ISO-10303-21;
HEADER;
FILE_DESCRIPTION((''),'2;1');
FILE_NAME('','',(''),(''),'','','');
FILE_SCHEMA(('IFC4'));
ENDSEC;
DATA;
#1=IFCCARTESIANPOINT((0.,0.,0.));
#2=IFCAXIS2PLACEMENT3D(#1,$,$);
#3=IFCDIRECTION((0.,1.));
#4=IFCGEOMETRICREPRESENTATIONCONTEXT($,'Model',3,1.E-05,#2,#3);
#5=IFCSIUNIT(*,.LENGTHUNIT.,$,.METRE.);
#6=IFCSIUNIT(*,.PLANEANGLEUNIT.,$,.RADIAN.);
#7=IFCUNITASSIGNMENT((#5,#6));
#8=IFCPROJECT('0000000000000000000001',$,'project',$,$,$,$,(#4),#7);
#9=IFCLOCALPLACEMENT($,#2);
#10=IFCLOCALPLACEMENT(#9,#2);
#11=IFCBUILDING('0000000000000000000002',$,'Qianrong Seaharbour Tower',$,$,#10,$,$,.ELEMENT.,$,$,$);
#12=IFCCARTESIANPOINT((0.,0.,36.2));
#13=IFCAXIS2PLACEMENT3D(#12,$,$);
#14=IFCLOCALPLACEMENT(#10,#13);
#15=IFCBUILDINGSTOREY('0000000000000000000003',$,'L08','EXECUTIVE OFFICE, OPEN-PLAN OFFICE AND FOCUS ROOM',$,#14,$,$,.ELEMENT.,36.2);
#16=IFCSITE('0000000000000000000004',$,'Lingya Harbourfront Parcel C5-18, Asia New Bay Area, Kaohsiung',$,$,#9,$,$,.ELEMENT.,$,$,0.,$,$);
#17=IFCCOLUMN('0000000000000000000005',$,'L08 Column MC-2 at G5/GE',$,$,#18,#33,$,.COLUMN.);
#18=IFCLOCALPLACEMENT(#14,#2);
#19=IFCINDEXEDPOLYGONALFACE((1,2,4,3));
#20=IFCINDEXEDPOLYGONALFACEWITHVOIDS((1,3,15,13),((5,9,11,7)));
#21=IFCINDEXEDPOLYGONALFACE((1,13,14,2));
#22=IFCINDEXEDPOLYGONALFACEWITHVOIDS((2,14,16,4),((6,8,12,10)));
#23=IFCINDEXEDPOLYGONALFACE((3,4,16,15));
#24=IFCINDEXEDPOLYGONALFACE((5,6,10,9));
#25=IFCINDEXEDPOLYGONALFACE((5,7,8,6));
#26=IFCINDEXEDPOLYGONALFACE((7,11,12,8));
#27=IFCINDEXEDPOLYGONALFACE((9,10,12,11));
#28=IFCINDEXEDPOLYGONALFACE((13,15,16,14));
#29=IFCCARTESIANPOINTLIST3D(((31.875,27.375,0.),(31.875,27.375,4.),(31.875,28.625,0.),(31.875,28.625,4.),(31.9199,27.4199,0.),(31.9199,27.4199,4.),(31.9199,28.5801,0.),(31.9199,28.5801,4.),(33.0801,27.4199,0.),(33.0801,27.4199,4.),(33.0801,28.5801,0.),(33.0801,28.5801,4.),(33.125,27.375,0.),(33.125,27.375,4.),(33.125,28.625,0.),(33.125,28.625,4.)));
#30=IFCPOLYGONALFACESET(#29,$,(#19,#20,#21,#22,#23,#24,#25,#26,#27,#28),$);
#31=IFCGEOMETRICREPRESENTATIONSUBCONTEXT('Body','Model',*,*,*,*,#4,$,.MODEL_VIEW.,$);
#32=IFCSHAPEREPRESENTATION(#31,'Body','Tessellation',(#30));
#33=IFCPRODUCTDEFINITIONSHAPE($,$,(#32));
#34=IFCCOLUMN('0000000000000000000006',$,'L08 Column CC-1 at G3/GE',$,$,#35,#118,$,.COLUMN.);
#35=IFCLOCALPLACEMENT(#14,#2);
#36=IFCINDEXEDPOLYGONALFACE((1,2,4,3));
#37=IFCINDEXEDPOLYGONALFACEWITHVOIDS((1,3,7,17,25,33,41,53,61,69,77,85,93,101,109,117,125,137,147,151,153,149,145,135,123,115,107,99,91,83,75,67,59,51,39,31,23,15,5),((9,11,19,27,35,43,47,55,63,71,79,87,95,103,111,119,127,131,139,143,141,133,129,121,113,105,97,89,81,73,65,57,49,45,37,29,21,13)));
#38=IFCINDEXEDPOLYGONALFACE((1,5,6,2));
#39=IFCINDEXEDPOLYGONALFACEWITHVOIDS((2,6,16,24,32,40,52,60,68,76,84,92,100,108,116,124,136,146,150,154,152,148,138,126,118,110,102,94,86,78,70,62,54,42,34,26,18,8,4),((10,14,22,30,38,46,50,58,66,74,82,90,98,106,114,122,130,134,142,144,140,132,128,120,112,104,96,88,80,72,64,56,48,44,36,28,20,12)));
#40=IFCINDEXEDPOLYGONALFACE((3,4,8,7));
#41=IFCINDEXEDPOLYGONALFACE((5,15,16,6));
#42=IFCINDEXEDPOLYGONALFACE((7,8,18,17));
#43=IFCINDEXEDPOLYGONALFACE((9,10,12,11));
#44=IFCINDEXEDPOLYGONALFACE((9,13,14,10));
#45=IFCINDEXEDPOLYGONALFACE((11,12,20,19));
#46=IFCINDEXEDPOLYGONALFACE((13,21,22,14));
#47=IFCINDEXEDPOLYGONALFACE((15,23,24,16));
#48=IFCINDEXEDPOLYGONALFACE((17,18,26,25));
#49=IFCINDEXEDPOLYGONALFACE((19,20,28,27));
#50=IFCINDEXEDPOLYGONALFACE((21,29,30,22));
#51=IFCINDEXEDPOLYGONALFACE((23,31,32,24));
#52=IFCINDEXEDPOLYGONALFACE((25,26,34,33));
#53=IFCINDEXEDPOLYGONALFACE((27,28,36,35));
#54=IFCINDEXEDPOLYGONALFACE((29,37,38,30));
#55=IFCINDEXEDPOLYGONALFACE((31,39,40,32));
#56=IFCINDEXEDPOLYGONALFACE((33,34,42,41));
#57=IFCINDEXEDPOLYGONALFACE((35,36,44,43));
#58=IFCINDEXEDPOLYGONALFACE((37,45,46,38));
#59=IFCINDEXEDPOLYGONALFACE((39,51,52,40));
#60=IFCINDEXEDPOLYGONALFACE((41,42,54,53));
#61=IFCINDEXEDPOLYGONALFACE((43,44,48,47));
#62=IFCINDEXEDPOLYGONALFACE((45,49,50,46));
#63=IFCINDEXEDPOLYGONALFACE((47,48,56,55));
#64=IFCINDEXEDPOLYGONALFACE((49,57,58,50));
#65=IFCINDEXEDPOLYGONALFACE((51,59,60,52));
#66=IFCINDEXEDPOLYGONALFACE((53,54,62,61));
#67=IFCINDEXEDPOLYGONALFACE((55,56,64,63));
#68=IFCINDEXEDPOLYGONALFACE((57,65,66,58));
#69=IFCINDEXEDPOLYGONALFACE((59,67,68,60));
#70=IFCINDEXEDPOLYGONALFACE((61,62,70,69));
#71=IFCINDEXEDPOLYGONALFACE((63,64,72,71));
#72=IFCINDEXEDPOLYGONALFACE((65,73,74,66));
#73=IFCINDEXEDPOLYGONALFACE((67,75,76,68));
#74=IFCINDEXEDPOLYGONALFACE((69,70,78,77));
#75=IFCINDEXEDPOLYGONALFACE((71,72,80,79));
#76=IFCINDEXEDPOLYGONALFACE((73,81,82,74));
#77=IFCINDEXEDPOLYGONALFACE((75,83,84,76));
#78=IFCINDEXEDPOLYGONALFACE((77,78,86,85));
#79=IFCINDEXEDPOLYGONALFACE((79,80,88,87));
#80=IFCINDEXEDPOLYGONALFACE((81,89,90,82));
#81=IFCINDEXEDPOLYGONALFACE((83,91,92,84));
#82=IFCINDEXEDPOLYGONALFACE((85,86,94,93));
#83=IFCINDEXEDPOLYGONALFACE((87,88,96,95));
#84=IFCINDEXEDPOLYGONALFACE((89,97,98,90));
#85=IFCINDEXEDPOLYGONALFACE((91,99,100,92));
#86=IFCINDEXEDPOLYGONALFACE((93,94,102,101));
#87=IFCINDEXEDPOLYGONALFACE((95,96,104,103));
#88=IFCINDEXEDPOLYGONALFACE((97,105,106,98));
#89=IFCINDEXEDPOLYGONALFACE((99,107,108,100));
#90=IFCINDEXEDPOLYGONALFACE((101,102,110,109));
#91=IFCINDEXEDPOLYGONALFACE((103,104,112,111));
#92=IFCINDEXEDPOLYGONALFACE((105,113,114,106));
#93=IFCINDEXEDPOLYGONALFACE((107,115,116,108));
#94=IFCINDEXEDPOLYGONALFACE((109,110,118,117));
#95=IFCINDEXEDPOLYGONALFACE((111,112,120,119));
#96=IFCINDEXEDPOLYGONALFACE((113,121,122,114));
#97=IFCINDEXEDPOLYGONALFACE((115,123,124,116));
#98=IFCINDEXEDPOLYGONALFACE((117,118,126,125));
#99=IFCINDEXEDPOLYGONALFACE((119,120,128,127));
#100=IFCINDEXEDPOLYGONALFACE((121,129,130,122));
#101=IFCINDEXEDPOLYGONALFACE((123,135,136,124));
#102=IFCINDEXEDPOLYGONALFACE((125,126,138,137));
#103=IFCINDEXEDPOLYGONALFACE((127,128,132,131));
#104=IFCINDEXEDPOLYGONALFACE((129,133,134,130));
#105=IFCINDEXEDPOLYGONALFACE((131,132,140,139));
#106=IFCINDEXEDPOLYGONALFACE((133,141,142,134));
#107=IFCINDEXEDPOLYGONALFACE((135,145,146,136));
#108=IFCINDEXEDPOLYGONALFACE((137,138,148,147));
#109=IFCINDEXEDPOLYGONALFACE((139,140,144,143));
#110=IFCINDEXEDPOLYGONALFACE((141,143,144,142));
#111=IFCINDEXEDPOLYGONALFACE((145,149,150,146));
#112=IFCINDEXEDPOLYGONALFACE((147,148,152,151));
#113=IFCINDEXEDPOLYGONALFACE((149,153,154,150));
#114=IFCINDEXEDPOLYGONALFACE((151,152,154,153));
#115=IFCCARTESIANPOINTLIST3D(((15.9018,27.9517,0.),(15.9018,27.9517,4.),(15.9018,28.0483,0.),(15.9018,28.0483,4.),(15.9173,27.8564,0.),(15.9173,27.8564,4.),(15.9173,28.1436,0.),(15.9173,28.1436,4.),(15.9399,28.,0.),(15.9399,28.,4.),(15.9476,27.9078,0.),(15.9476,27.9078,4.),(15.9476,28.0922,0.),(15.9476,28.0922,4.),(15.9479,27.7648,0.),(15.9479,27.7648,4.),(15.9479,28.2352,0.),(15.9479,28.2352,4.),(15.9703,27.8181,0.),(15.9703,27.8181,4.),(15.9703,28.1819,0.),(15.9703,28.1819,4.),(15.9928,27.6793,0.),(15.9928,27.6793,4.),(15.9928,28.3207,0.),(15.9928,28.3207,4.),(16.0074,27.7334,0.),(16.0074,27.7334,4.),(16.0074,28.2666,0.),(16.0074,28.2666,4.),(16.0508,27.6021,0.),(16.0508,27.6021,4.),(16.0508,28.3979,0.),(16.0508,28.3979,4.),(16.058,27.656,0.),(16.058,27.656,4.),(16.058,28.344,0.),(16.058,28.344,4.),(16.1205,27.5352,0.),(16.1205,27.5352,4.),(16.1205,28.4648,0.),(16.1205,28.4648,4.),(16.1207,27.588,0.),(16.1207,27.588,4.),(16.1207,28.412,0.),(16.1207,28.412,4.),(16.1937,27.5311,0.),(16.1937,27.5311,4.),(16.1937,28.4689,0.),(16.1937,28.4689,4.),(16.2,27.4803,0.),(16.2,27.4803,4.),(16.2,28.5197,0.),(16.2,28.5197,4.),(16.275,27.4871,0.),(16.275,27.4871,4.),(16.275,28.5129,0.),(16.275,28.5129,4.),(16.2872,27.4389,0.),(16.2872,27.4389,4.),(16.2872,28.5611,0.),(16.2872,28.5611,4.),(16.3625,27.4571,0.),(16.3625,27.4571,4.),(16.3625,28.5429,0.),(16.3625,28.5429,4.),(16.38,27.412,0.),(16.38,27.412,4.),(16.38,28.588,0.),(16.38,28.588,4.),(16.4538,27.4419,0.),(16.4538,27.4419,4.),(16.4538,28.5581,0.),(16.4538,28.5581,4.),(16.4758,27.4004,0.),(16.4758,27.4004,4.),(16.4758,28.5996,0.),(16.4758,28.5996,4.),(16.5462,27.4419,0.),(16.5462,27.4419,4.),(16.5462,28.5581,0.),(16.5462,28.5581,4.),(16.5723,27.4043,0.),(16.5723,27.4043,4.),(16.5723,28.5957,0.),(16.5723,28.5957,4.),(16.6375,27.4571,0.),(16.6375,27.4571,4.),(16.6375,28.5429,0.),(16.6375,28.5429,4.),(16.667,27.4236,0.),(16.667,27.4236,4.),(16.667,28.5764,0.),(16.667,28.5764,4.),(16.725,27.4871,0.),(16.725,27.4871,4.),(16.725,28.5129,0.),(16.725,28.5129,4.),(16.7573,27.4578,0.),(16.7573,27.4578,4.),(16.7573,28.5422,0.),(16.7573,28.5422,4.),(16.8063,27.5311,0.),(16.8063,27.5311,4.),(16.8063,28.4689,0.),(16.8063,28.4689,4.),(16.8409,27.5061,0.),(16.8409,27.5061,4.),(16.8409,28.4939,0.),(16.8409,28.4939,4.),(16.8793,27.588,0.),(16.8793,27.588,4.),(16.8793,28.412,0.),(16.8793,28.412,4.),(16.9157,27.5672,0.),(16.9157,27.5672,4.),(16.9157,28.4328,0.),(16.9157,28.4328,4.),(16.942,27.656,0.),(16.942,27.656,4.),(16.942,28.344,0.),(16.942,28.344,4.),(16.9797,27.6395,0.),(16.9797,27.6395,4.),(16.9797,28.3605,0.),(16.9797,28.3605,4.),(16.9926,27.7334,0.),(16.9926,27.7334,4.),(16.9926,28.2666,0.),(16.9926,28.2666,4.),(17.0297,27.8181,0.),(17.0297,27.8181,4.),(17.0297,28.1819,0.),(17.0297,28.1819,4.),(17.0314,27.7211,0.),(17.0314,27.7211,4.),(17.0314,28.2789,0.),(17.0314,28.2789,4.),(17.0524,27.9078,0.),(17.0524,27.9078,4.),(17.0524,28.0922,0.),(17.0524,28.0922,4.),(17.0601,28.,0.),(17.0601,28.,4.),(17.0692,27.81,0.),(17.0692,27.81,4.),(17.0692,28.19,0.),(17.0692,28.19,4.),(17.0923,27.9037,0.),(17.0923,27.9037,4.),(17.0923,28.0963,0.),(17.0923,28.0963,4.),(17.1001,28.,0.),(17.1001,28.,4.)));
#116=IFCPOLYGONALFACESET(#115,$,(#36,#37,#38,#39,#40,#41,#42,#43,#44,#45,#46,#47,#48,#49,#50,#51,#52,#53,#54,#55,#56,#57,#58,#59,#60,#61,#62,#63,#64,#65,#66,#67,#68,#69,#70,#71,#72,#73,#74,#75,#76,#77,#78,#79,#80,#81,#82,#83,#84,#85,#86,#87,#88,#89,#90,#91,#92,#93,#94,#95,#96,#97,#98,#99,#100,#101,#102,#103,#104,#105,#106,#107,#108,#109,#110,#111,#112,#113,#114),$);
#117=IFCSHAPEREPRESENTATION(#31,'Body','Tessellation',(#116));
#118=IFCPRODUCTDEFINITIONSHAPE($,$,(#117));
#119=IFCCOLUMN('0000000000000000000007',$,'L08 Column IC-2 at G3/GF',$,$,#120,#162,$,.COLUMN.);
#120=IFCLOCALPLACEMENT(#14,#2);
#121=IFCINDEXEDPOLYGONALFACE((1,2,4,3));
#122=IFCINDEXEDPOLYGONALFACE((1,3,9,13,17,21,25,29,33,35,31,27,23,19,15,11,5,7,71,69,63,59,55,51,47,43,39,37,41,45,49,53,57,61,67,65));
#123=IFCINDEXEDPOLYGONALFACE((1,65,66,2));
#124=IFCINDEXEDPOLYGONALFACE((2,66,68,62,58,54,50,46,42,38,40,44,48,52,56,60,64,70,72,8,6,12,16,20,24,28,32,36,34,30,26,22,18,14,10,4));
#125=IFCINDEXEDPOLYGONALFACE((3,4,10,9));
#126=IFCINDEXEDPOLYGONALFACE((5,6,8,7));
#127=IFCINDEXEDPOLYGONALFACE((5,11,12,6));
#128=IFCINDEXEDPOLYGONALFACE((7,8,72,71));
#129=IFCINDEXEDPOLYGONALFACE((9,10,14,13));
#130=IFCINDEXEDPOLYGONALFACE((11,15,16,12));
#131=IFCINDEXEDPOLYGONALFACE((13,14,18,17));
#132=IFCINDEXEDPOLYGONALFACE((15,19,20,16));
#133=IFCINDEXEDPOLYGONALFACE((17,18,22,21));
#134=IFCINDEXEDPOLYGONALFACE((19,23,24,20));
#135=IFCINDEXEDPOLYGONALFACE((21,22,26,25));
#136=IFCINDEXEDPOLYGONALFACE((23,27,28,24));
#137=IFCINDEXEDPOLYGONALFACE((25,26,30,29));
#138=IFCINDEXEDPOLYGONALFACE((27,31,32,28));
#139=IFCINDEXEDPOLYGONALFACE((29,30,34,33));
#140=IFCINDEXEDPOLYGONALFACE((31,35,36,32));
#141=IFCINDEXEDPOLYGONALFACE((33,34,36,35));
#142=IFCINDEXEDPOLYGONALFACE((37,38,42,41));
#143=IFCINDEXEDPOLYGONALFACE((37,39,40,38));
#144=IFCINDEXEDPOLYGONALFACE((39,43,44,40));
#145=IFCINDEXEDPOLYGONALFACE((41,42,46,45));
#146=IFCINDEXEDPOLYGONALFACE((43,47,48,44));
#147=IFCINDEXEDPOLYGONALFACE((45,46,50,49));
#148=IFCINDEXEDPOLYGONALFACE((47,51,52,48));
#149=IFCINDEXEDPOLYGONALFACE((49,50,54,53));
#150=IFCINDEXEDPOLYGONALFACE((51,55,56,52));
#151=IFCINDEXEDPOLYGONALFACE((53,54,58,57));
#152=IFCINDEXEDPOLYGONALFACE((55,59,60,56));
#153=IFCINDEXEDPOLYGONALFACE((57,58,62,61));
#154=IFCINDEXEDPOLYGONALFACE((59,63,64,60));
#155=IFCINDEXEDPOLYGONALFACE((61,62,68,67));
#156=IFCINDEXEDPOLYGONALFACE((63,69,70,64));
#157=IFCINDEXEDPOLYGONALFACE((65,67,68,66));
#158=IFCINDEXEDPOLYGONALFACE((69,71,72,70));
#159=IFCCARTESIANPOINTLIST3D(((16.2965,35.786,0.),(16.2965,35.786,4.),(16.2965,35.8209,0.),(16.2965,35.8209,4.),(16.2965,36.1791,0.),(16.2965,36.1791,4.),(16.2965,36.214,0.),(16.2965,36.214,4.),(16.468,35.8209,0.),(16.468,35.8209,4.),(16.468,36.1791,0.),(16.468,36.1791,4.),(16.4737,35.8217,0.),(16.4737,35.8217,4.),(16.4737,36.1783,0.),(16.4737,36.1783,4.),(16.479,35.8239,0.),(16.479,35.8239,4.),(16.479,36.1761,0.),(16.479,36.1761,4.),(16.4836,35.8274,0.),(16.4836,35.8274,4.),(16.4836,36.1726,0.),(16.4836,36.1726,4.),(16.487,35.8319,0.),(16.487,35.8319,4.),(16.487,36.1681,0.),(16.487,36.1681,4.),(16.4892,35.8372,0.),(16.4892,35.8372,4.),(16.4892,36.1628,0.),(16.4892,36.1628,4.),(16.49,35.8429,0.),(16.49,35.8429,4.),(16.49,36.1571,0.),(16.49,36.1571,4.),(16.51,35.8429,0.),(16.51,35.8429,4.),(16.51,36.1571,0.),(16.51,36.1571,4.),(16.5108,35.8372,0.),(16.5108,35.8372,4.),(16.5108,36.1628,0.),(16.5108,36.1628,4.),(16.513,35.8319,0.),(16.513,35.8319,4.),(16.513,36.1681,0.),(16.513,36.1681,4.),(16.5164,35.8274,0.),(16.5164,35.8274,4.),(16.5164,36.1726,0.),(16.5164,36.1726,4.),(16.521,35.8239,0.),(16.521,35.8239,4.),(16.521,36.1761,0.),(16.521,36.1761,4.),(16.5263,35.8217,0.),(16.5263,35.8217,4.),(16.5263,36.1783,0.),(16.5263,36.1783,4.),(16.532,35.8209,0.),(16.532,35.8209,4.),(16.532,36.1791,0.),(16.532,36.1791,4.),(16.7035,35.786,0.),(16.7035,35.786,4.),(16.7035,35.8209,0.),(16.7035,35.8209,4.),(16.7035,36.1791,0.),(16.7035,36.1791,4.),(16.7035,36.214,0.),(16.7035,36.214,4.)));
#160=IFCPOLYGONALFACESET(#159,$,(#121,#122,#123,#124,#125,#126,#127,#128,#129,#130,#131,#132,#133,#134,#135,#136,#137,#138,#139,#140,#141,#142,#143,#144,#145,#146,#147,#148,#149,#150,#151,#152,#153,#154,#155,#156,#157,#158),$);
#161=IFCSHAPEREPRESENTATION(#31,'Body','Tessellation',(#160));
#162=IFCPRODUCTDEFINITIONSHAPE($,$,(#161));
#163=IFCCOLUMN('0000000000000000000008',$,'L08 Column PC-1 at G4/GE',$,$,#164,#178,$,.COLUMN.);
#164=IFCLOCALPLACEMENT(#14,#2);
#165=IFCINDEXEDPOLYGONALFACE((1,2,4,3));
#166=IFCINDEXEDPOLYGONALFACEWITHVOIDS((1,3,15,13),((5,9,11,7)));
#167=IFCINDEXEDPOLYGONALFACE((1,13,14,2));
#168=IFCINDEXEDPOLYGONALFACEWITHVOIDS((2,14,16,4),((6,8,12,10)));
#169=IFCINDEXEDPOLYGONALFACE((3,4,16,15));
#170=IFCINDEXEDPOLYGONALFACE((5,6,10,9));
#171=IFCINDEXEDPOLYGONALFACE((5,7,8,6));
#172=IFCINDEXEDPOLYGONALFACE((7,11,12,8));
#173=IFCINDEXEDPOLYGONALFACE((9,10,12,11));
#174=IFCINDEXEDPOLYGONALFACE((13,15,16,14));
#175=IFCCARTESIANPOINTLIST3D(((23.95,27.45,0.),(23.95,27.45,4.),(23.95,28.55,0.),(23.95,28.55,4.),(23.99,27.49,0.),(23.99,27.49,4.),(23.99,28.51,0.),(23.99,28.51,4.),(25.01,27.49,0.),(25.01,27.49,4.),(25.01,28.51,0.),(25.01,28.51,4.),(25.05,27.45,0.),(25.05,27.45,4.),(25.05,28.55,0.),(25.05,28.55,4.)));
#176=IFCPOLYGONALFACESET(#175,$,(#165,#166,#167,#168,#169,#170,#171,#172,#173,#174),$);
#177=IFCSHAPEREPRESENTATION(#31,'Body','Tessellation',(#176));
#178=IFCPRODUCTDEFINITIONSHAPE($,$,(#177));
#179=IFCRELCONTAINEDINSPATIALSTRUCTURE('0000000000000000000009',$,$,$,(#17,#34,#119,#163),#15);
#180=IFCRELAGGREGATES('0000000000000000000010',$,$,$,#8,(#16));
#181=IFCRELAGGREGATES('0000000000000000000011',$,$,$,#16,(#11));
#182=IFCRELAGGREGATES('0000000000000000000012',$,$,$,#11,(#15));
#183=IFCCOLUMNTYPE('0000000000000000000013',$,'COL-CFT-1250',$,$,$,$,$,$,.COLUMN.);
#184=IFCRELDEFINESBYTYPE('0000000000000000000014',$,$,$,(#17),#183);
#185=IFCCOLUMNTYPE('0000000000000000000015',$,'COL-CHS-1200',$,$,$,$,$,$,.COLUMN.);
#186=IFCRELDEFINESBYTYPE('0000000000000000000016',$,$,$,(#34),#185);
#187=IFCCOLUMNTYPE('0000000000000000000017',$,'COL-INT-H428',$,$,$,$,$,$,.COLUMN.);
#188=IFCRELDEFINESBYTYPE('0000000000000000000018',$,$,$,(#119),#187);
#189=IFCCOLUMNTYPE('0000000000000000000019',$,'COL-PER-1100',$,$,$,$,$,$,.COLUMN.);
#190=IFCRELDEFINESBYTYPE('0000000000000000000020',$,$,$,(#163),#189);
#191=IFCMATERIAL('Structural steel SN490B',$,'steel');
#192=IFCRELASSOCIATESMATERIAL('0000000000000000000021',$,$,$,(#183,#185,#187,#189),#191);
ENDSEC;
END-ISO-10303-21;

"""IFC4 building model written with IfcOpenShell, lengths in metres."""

from ifc_helpers import new_model, si_unit, direction, frame, origin, origin_2d, place, context, subcontext, project, spatial, hollow_rectangle, hollow_circle, i_section, extrude, material, material_profile, profile_set, type_object, element, save


model = new_model("IFC4")

# Units and contexts
model_context = context("Model", 3, precision=1e-05, world=origin(), true_north=direction((0.0, 1.0)))
body_context = subcontext(model_context, "Body", "Model", "MODEL_VIEW")
ifc_project = project(units=[si_unit("LENGTHUNIT", "METRE"), si_unit("PLANEANGLEUNIT", "RADIAN")], contexts=[model_context])

# Site, building, storey
site_placement = place(None, origin())
site = spatial("IfcSite", under=ifc_project, at=site_placement, Name="Lingya Harbourfront Parcel C5-18, Asia New Bay Area, Kaohsiung", CompositionType="ELEMENT", RefElevation=0.0)
building_placement = place(site_placement, origin())
building = spatial("IfcBuilding", under=site, at=building_placement, Name="Qianrong Seaharbour Tower", CompositionType="ELEMENT")
storey_placement = place(building_placement, frame((0.0, 0.0, 36.2)))
storey = spatial("IfcBuildingStorey", under=building, at=storey_placement, Name="L08", Description="EXECUTIVE OFFICE, OPEN-PLAN OFFICE AND FOCUS ROOM", CompositionType="ELEMENT", Elevation=36.2)

# Columns
ifc_material_1 = material(Name="Structural steel SN490B", Category="steel")
ifc_material_profile_1 = material_profile(ifc_material_1, hollow_rectangle(XDim=1.25, YDim=1.25, WallThickness=0.0449, at=origin_2d()), Name="BOX1250x1250x45")
ifc_profile_set_1 = profile_set([ifc_material_profile_1], Name="Structural steel SN490B")
column_type_1 = type_object("IfcColumnType", Name="COL-CFT-1250", PredefinedType="COLUMN", material=ifc_profile_set_1)
column_1_placement = place(storey_placement, frame((32.5, 28.0, 0.0), z_axis=(0.0, 0.0, 1.0), x_axis=(1.0, 0.0, 0.0)))
element("IfcColumn", 1, at=column_1_placement, inside=storey, type_object=column_type_1, Name="L08 Column MC-2 at G5/GE", PredefinedType="COLUMN", context=body_context, shape_type="SweptSolid", body=[
    extrude(hollow_rectangle(XDim=1.25, YDim=1.25, WallThickness=0.0449, at=origin_2d()), origin(), (0.0, 0.0, 1.0), 4.0),
])
ifc_material_profile_2 = material_profile(ifc_material_1, hollow_circle(Radius=0.6001, WallThickness=0.04, at=origin_2d()), Name="CHS1200x40")
ifc_profile_set_2 = profile_set([ifc_material_profile_2], Name="Structural steel SN490B")
column_type_2 = type_object("IfcColumnType", Name="COL-CHS-1200", PredefinedType="COLUMN", material=ifc_profile_set_2)
column_2_placement = place(storey_placement, frame((16.5, 28.0, 0.0), z_axis=(0.0, 0.0, 1.0), x_axis=(1.0, 0.0, 0.0)))
element("IfcColumn", 2, at=column_2_placement, inside=storey, type_object=column_type_2, Name="L08 Column CC-1 at G3/GE", PredefinedType="COLUMN", context=body_context, shape_type="SweptSolid", body=[
    extrude(hollow_circle(Radius=0.6001, WallThickness=0.04, at=origin_2d()), origin(), (0.0, 0.0, 1.0), 4.0),
])
ifc_material_profile_3 = material_profile(ifc_material_1, i_section(OverallWidth=0.407, OverallDepth=0.428, WebThickness=0.02, FlangeThickness=0.0349, FilletRadius=0.022, at=origin_2d()), Name="H428x407x20x35")
ifc_profile_set_3 = profile_set([ifc_material_profile_3], Name="Structural steel SN490B")
column_type_3 = type_object("IfcColumnType", Name="COL-INT-H428", PredefinedType="COLUMN", material=ifc_profile_set_3)
column_3_placement = place(storey_placement, frame((16.5, 36.0, 0.0), z_axis=(0.0, 0.0, 1.0), x_axis=(1.0, 0.0, 0.0)))
element("IfcColumn", 3, at=column_3_placement, inside=storey, type_object=column_type_3, Name="L08 Column IC-2 at G3/GF", PredefinedType="COLUMN", context=body_context, shape_type="SweptSolid", body=[
    extrude(i_section(OverallWidth=0.407, OverallDepth=0.428, WebThickness=0.02, FlangeThickness=0.0349, FilletRadius=0.022, at=origin_2d()), origin(), (0.0, 0.0, 1.0), 4.0),
])
ifc_material_profile_4 = material_profile(ifc_material_1, hollow_rectangle(XDim=1.1001, YDim=1.1001, WallThickness=0.04, at=origin_2d()), Name="BOX1100x1100x40")
ifc_profile_set_4 = profile_set([ifc_material_profile_4], Name="Structural steel SN490B")
column_type_4 = type_object("IfcColumnType", Name="COL-PER-1100", PredefinedType="COLUMN", material=ifc_profile_set_4)
column_4_placement = place(storey_placement, frame((24.5, 28.0, 0.0), z_axis=(0.0, 0.0, 1.0), x_axis=(1.0, 0.0, 0.0)))
element("IfcColumn", 4, at=column_4_placement, inside=storey, type_object=column_type_4, Name="L08 Column PC-1 at G4/GE", PredefinedType="COLUMN", context=body_context, shape_type="SweptSolid", body=[
    extrude(hollow_rectangle(XDim=1.1001, YDim=1.1001, WallThickness=0.04, at=origin_2d()), origin(), (0.0, 0.0, 1.0), 4.0),
])

save(model, "model.ifc")
